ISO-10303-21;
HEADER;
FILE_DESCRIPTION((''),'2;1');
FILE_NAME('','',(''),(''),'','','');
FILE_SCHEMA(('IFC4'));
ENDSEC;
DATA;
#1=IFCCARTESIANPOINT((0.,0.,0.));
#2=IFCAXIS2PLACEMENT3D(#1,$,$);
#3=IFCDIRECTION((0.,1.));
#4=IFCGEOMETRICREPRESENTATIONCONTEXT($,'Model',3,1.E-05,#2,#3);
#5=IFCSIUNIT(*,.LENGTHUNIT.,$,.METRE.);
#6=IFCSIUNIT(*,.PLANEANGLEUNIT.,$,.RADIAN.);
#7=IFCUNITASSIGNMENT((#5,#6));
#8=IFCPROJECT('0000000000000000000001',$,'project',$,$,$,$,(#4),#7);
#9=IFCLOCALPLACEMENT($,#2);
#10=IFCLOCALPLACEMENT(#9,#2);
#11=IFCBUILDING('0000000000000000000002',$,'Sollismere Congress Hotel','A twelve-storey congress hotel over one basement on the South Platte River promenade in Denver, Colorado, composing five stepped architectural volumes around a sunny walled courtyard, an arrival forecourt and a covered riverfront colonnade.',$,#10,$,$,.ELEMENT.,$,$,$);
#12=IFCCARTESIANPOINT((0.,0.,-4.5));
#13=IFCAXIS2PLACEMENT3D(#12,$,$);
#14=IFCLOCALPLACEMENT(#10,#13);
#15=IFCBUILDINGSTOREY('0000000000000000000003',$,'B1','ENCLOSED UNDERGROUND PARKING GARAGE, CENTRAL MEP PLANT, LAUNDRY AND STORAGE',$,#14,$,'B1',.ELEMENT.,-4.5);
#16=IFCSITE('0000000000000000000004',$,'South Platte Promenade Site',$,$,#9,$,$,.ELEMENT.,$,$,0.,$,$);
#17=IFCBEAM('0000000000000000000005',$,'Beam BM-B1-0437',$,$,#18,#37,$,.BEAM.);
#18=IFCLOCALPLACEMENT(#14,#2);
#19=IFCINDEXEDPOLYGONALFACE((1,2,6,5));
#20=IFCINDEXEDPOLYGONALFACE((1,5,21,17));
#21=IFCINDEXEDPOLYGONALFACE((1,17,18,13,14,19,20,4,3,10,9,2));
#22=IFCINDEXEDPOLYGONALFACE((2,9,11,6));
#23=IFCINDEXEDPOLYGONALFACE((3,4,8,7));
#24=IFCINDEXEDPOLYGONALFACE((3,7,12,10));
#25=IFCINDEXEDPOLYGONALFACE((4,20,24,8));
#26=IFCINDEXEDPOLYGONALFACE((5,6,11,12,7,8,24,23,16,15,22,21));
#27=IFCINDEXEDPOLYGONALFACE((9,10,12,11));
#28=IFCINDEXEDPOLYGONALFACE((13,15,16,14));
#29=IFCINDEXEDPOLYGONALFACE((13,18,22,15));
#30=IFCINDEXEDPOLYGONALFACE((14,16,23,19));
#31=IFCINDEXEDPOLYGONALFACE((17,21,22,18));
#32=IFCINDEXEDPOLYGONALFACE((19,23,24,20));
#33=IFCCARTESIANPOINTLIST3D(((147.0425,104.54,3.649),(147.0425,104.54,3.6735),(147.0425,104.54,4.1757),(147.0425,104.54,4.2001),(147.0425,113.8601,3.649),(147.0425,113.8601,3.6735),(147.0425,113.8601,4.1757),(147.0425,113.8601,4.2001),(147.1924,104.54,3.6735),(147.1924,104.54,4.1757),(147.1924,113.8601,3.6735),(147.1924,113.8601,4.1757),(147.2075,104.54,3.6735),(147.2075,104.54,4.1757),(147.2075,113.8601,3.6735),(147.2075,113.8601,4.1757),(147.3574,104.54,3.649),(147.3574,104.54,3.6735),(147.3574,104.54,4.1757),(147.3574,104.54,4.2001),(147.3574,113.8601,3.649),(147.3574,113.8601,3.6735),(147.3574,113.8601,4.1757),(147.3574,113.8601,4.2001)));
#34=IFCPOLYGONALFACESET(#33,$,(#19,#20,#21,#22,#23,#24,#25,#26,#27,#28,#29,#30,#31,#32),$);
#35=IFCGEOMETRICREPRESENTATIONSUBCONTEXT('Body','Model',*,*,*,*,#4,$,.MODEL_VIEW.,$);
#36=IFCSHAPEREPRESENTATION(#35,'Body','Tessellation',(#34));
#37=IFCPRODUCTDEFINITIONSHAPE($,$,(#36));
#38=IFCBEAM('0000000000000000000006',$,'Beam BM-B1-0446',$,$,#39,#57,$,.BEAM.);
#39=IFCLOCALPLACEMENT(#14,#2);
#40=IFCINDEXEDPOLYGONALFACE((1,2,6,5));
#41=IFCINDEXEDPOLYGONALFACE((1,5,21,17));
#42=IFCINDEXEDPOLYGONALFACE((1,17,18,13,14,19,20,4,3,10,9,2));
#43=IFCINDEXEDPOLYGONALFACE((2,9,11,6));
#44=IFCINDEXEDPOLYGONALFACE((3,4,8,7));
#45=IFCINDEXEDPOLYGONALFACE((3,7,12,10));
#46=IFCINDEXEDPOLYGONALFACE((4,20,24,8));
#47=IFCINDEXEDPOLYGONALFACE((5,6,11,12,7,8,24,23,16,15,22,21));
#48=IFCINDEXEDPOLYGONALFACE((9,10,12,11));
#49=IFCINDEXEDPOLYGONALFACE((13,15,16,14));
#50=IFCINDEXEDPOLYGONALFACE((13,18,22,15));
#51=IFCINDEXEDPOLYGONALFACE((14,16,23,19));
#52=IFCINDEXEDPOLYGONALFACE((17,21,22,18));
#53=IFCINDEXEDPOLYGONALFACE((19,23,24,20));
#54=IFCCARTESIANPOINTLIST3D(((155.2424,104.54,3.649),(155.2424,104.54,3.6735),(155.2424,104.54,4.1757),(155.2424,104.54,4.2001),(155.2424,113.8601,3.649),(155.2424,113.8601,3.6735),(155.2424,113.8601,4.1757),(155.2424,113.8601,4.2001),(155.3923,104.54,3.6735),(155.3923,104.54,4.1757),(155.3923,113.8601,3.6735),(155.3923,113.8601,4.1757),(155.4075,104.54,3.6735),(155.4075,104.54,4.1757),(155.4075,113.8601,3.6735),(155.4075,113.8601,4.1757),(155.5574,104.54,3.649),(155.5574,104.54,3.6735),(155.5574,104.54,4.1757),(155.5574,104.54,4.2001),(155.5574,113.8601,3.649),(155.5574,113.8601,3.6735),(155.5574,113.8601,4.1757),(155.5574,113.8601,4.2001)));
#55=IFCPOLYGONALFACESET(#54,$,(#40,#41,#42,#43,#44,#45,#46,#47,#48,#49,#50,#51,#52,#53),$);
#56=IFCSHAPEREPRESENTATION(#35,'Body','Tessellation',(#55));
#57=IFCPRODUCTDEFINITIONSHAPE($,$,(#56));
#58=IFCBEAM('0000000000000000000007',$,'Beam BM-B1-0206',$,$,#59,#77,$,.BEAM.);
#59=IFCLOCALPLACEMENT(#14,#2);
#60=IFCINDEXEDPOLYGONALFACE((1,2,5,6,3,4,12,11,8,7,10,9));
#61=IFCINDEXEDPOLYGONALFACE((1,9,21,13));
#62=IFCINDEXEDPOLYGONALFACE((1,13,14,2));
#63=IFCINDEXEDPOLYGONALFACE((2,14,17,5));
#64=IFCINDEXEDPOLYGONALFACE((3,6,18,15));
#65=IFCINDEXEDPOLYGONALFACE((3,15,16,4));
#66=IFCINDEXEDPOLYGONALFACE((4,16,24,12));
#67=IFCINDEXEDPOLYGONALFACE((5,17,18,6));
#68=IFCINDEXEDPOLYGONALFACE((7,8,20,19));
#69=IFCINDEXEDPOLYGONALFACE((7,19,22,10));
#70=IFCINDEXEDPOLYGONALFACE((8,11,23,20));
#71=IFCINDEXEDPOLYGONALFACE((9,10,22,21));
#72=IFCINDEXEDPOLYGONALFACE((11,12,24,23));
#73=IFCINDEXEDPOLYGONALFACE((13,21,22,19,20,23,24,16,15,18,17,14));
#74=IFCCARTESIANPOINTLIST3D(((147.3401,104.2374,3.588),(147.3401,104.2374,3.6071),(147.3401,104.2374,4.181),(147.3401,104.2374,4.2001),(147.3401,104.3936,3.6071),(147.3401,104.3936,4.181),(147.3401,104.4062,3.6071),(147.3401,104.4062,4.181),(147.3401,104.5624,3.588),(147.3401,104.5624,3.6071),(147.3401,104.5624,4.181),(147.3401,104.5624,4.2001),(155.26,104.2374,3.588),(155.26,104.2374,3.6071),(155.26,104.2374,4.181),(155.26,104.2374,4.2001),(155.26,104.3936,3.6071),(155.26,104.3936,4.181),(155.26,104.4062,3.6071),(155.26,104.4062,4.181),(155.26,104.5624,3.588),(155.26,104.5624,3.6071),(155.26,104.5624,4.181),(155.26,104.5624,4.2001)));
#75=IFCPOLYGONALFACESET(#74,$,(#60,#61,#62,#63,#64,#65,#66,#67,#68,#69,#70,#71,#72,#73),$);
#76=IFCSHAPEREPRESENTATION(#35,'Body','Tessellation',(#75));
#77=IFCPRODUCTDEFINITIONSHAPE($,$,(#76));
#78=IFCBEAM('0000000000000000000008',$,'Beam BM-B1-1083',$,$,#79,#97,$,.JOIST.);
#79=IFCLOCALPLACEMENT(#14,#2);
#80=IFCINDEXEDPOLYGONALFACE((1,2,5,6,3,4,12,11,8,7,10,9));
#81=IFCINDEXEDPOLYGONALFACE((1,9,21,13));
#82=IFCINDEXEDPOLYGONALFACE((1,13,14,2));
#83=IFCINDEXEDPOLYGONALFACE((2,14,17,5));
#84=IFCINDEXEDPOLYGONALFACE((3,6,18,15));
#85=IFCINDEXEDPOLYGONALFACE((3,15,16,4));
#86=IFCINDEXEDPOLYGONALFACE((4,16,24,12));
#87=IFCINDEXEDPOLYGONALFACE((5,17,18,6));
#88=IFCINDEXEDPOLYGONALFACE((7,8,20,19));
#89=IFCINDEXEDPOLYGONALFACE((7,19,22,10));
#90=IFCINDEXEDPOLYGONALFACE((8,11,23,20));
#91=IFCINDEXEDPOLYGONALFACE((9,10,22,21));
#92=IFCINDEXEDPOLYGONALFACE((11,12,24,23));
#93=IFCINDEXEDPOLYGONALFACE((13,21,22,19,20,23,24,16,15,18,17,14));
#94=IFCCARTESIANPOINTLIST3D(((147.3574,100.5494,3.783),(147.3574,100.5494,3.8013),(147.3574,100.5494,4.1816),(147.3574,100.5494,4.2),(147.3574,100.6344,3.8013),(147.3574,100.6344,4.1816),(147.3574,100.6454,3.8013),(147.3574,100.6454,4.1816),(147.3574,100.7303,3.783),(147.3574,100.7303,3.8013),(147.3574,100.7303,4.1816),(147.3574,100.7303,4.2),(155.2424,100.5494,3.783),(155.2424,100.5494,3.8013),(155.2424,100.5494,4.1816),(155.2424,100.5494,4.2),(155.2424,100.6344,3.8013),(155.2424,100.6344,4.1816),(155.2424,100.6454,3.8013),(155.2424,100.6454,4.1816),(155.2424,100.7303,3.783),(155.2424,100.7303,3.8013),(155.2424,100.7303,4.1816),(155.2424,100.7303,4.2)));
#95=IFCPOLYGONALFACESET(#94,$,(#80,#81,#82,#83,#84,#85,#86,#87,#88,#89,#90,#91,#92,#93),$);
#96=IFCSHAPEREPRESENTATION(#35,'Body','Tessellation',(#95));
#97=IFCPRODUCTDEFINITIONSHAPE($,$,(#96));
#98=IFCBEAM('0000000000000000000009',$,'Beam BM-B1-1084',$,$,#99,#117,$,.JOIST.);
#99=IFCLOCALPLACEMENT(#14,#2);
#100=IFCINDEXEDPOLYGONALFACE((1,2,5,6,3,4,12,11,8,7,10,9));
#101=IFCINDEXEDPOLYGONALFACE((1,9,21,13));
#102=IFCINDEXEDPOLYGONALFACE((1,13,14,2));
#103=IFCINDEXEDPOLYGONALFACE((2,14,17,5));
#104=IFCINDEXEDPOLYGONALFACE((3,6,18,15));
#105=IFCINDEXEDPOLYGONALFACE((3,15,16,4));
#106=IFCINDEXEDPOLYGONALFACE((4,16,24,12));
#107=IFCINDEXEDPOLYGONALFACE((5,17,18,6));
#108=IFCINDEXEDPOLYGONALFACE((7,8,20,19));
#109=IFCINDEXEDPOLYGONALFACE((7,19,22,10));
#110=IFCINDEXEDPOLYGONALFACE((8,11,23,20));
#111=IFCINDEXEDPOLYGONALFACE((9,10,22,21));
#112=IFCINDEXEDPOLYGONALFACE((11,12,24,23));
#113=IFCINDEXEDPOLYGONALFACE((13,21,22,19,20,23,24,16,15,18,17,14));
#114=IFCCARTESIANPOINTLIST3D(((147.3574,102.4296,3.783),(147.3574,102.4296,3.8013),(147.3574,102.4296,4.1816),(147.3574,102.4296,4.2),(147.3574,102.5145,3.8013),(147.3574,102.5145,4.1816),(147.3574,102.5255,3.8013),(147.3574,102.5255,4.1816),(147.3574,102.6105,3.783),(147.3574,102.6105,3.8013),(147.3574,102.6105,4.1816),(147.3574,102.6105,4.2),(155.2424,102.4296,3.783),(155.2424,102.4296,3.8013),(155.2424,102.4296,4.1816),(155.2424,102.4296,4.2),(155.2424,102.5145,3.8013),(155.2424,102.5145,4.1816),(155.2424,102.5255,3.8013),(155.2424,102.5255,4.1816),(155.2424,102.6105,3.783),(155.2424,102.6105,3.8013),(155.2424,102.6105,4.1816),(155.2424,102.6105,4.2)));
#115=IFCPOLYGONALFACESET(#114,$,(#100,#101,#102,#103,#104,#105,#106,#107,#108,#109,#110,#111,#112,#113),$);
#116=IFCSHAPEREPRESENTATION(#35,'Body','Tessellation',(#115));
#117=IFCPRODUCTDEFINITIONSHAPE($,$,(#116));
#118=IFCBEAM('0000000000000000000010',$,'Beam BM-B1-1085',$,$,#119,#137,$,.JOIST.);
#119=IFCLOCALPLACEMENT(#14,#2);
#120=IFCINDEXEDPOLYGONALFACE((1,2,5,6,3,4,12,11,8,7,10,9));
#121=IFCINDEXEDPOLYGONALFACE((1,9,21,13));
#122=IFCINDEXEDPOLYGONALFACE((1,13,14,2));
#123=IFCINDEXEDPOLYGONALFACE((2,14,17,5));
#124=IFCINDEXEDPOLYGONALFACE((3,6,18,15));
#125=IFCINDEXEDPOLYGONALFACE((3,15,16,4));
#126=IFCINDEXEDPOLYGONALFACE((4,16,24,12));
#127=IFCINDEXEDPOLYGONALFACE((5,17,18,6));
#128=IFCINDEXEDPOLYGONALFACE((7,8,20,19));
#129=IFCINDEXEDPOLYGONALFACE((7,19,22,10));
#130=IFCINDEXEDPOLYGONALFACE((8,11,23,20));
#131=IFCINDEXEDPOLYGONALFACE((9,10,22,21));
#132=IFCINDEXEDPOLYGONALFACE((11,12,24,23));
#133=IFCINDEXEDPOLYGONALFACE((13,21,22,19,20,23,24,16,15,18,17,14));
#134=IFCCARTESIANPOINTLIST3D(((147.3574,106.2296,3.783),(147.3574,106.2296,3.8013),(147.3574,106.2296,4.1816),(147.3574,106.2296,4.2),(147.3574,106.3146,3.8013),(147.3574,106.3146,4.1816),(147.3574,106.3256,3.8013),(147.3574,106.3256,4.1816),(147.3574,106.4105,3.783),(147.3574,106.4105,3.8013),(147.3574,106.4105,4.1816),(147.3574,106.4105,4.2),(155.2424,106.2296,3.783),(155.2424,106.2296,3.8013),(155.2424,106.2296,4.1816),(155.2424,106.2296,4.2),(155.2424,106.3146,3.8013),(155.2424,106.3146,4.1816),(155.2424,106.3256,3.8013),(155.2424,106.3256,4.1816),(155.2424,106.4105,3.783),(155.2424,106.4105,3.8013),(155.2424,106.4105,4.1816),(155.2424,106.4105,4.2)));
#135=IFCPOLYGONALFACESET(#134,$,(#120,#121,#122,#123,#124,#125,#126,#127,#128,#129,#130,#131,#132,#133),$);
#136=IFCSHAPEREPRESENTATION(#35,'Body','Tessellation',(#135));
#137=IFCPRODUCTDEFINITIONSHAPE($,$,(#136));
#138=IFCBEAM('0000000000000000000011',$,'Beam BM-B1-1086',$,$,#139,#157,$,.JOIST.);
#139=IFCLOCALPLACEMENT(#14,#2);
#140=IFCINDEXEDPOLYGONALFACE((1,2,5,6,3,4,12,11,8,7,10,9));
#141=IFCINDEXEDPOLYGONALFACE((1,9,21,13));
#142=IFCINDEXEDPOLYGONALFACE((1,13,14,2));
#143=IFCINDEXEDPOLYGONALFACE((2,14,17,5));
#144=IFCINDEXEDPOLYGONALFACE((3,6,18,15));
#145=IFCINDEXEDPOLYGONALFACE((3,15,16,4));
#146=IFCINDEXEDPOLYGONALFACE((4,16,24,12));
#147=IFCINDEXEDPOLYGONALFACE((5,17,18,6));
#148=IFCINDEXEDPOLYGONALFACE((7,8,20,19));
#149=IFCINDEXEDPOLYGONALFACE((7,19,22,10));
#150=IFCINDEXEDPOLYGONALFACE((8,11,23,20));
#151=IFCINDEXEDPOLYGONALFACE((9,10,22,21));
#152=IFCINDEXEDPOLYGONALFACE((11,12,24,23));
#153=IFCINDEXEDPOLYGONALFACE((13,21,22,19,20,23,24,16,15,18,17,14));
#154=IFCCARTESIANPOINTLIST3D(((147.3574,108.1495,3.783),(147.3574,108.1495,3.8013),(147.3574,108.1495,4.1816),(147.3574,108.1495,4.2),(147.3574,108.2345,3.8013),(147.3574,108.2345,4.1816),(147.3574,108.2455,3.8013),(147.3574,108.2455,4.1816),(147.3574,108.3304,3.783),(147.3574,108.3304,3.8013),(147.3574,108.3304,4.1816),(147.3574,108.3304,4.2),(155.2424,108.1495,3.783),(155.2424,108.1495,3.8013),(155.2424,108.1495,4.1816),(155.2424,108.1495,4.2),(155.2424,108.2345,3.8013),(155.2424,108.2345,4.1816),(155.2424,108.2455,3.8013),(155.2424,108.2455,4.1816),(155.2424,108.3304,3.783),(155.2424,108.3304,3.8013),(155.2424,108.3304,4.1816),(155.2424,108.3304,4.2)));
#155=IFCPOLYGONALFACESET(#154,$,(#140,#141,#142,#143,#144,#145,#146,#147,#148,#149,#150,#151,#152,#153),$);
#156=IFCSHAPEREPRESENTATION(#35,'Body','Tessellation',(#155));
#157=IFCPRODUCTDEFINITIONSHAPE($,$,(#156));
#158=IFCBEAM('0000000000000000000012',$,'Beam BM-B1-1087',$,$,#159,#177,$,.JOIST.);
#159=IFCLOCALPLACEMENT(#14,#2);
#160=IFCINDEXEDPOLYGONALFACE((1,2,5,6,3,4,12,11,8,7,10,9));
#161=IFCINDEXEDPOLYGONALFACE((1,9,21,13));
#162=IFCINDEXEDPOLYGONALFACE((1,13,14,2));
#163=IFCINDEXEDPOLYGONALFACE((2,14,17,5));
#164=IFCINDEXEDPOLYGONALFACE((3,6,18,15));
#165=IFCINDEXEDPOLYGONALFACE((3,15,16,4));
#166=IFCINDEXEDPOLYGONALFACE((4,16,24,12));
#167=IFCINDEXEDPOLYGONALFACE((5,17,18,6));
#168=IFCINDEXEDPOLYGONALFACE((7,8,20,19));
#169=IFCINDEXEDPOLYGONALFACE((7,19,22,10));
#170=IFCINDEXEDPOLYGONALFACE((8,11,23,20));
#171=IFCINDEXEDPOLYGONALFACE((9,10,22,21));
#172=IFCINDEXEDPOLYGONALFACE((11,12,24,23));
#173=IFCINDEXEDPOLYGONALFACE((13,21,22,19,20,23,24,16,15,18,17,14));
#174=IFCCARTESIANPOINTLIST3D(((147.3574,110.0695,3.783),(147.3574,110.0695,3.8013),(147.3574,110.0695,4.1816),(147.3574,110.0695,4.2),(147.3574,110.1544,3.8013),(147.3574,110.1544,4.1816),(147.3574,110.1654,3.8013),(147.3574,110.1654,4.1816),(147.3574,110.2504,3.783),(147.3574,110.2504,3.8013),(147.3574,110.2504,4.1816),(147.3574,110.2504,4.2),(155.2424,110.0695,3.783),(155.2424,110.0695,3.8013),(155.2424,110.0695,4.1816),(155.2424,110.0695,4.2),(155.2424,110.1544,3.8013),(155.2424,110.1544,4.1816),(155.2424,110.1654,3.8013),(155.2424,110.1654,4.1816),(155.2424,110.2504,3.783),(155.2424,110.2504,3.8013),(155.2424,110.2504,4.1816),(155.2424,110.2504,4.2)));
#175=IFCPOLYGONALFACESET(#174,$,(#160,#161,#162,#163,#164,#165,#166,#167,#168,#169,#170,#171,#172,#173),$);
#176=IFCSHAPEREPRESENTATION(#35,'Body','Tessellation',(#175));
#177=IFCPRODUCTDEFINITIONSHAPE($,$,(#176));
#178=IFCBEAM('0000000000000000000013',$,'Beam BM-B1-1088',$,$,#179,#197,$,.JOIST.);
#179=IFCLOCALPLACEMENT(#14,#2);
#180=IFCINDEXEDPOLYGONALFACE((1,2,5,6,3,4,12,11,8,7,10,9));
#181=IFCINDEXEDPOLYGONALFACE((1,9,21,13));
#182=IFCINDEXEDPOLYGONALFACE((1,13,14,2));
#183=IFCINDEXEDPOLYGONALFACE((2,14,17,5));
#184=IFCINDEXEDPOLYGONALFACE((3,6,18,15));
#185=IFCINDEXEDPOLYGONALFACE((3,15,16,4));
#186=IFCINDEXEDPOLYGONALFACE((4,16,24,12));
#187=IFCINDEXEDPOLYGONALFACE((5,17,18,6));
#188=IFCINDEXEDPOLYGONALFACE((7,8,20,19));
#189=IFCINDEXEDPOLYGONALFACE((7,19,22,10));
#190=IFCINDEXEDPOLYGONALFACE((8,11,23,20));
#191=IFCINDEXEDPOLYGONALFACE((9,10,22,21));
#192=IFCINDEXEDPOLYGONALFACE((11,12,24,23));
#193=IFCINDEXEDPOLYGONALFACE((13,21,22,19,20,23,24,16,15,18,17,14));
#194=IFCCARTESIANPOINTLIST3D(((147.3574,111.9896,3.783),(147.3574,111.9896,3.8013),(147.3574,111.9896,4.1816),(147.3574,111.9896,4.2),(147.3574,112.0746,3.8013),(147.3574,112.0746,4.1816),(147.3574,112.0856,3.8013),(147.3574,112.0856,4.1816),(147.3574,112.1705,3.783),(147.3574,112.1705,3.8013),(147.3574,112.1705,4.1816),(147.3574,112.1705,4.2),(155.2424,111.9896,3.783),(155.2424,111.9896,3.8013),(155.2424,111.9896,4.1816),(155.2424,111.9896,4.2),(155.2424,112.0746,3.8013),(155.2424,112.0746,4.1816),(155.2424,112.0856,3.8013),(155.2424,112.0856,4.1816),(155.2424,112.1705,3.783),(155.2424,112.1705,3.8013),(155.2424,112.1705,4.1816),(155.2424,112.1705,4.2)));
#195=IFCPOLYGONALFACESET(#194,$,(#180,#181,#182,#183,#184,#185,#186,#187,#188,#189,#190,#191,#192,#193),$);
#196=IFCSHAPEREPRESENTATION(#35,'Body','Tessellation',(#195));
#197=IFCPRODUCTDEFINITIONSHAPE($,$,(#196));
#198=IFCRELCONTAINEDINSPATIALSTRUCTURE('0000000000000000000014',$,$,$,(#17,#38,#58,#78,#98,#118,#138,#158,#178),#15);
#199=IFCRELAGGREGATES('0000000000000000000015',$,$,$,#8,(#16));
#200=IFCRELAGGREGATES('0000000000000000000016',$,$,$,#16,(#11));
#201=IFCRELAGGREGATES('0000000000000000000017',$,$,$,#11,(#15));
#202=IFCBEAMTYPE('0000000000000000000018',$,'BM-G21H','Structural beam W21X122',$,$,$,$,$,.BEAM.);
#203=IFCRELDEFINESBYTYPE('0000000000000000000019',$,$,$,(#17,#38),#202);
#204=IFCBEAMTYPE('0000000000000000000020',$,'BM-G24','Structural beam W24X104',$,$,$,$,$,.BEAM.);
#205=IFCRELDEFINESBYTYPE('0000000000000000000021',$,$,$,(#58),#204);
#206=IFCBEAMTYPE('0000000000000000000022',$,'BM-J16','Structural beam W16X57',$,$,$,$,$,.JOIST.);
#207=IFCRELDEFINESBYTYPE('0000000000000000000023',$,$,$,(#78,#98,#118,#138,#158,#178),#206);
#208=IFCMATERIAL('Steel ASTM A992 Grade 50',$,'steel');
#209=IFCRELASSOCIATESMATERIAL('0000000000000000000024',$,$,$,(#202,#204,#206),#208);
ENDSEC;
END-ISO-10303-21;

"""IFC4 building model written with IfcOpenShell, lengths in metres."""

from ifc_helpers import new_model, si_unit, direction, frame, origin, origin_2d, place, context, subcontext, project, spatial, i_section, extrude, material, material_profile, profile_set, type_object, element, save


model = new_model("IFC4")

# Units and contexts
model_context = context("Model", 3, precision=1e-05, world=origin(), true_north=direction((0.0, 1.0)))
body_context = subcontext(model_context, "Body", "Model", "MODEL_VIEW")
ifc_project = project(units=[si_unit("LENGTHUNIT", "METRE"), si_unit("PLANEANGLEUNIT", "RADIAN")], contexts=[model_context])

# Site, building, storey
site_placement = place(None, origin())
site = spatial("IfcSite", under=ifc_project, at=site_placement, Name="South Platte Promenade Site", CompositionType="ELEMENT", RefElevation=0.0)
building_placement = place(site_placement, origin())
building = spatial("IfcBuilding", under=site, at=building_placement, Name="Sollismere Congress Hotel", Description="A twelve-storey congress hotel over one basement on the South Platte River promenade in Denver, Colorado, composing five stepped architectural volumes around a sunny walled courtyard, an arrival forecourt and a covered riverfront colonnade.", CompositionType="ELEMENT")
storey_placement = place(building_placement, frame((0.0, 0.0, -4.5)))
storey = spatial("IfcBuildingStorey", under=building, at=storey_placement, Name="B1", Description="ENCLOSED UNDERGROUND PARKING GARAGE, CENTRAL MEP PLANT, LAUNDRY AND STORAGE", LongName="B1", CompositionType="ELEMENT", Elevation=-4.5)

# Beams
ifc_material_1 = material(Name="Steel ASTM A992 Grade 50", Category="steel")
ifc_material_profile_1 = material_profile(ifc_material_1, i_section(OverallWidth=0.3149, OverallDepth=0.551, WebThickness=0.0151, FlangeThickness=0.0244, at=origin_2d()), Name="W21X122")
ifc_profile_set_1 = profile_set([ifc_material_profile_1], Name="Steel ASTM A992 Grade 50")
beam_type_1 = type_object("IfcBeamType", Name="BM-G21H", Description="Structural beam W21X122", PredefinedType="BEAM", material=ifc_profile_set_1)
for number, where, z_axis, x_axis, name in (
    (1, (147.2, 104.54, 3.9246), (0.0, 1.0, 0.0), (-1.0, 0.0, 0.0), "Beam BM-B1-0437"),
    (2, (155.3999, 104.54, 3.9246), (0.0, 1.0, 0.0), (-1.0, 0.0, 0.0), "Beam BM-B1-0446"),
):
    element("IfcBeam", number, at=place(storey_placement, frame(where, z_axis=z_axis, x_axis=x_axis)), inside=storey, type_object=beam_type_1, Name=name, PredefinedType="BEAM", context=body_context, shape_type="SweptSolid", body=[
        extrude(i_section(OverallWidth=0.3149, OverallDepth=0.551, WebThickness=0.0151, FlangeThickness=0.0244, at=origin_2d()), origin(), (0.0, 0.0, 1.0), 9.3201),
    ])
ifc_material_profile_2 = material_profile(ifc_material_1, i_section(OverallWidth=0.325, OverallDepth=0.6121, WebThickness=0.0127, FlangeThickness=0.019, at=origin_2d()), Name="W24X104")
ifc_profile_set_2 = profile_set([ifc_material_profile_2], Name="Steel ASTM A992 Grade 50")
beam_type_2 = type_object("IfcBeamType", Name="BM-G24", Description="Structural beam W24X104", PredefinedType="BEAM", material=ifc_profile_set_2)
beam_1_placement = place(storey_placement, frame((147.3401, 104.3999, 3.894), z_axis=(1.0, 0.0, 0.0), x_axis=(0.0, 1.0, 0.0)))
element("IfcBeam", 3, at=beam_1_placement, inside=storey, type_object=beam_type_2, Name="Beam BM-B1-0206", PredefinedType="BEAM", context=body_context, shape_type="SweptSolid", body=[
    extrude(i_section(OverallWidth=0.325, OverallDepth=0.6121, WebThickness=0.0127, FlangeThickness=0.019, at=origin_2d()), origin(), (0.0, 0.0, 1.0), 7.9199),
])
ifc_material_profile_3 = material_profile(ifc_material_1, i_section(OverallWidth=0.1809, OverallDepth=0.417, WebThickness=0.011, FlangeThickness=0.0183, at=origin_2d()), Name="W16X57")
ifc_profile_set_3 = profile_set([ifc_material_profile_3], Name="Steel ASTM A992 Grade 50")
beam_type_3 = type_object("IfcBeamType", Name="BM-J16", Description="Structural beam W16X57", PredefinedType="JOIST", material=ifc_profile_set_3)
for number, where, z_axis, x_axis, name in (
    (4, (147.3574, 100.6399, 3.9915), (1.0, 0.0, 0.0), (0.0, 1.0, 0.0), "Beam BM-B1-1083"),
    (5, (147.3574, 102.52, 3.9915), (1.0, 0.0, 0.0), (0.0, 1.0, 0.0), "Beam BM-B1-1084"),
    (6, (147.3574, 106.3201, 3.9915), (1.0, 0.0, 0.0), (0.0, 1.0, 0.0), "Beam BM-B1-1085"),
    (7, (147.3574, 108.24, 3.9915), (1.0, 0.0, 0.0), (0.0, 1.0, 0.0), "Beam BM-B1-1086"),
    (8, (147.3574, 110.1599, 3.9915), (1.0, 0.0, 0.0), (0.0, 1.0, 0.0), "Beam BM-B1-1087"),
    (9, (147.3574, 112.0801, 3.9915), (1.0, 0.0, 0.0), (0.0, 1.0, 0.0), "Beam BM-B1-1088"),
):
    element("IfcBeam", number, at=place(storey_placement, frame(where, z_axis=z_axis, x_axis=x_axis)), inside=storey, type_object=beam_type_3, Name=name, PredefinedType="JOIST", context=body_context, shape_type="SweptSolid", body=[
        extrude(i_section(OverallWidth=0.1809, OverallDepth=0.417, WebThickness=0.011, FlangeThickness=0.0183, at=origin_2d()), origin(), (0.0, 0.0, 1.0), 7.885),
    ])

save(model, "model.ifc")
